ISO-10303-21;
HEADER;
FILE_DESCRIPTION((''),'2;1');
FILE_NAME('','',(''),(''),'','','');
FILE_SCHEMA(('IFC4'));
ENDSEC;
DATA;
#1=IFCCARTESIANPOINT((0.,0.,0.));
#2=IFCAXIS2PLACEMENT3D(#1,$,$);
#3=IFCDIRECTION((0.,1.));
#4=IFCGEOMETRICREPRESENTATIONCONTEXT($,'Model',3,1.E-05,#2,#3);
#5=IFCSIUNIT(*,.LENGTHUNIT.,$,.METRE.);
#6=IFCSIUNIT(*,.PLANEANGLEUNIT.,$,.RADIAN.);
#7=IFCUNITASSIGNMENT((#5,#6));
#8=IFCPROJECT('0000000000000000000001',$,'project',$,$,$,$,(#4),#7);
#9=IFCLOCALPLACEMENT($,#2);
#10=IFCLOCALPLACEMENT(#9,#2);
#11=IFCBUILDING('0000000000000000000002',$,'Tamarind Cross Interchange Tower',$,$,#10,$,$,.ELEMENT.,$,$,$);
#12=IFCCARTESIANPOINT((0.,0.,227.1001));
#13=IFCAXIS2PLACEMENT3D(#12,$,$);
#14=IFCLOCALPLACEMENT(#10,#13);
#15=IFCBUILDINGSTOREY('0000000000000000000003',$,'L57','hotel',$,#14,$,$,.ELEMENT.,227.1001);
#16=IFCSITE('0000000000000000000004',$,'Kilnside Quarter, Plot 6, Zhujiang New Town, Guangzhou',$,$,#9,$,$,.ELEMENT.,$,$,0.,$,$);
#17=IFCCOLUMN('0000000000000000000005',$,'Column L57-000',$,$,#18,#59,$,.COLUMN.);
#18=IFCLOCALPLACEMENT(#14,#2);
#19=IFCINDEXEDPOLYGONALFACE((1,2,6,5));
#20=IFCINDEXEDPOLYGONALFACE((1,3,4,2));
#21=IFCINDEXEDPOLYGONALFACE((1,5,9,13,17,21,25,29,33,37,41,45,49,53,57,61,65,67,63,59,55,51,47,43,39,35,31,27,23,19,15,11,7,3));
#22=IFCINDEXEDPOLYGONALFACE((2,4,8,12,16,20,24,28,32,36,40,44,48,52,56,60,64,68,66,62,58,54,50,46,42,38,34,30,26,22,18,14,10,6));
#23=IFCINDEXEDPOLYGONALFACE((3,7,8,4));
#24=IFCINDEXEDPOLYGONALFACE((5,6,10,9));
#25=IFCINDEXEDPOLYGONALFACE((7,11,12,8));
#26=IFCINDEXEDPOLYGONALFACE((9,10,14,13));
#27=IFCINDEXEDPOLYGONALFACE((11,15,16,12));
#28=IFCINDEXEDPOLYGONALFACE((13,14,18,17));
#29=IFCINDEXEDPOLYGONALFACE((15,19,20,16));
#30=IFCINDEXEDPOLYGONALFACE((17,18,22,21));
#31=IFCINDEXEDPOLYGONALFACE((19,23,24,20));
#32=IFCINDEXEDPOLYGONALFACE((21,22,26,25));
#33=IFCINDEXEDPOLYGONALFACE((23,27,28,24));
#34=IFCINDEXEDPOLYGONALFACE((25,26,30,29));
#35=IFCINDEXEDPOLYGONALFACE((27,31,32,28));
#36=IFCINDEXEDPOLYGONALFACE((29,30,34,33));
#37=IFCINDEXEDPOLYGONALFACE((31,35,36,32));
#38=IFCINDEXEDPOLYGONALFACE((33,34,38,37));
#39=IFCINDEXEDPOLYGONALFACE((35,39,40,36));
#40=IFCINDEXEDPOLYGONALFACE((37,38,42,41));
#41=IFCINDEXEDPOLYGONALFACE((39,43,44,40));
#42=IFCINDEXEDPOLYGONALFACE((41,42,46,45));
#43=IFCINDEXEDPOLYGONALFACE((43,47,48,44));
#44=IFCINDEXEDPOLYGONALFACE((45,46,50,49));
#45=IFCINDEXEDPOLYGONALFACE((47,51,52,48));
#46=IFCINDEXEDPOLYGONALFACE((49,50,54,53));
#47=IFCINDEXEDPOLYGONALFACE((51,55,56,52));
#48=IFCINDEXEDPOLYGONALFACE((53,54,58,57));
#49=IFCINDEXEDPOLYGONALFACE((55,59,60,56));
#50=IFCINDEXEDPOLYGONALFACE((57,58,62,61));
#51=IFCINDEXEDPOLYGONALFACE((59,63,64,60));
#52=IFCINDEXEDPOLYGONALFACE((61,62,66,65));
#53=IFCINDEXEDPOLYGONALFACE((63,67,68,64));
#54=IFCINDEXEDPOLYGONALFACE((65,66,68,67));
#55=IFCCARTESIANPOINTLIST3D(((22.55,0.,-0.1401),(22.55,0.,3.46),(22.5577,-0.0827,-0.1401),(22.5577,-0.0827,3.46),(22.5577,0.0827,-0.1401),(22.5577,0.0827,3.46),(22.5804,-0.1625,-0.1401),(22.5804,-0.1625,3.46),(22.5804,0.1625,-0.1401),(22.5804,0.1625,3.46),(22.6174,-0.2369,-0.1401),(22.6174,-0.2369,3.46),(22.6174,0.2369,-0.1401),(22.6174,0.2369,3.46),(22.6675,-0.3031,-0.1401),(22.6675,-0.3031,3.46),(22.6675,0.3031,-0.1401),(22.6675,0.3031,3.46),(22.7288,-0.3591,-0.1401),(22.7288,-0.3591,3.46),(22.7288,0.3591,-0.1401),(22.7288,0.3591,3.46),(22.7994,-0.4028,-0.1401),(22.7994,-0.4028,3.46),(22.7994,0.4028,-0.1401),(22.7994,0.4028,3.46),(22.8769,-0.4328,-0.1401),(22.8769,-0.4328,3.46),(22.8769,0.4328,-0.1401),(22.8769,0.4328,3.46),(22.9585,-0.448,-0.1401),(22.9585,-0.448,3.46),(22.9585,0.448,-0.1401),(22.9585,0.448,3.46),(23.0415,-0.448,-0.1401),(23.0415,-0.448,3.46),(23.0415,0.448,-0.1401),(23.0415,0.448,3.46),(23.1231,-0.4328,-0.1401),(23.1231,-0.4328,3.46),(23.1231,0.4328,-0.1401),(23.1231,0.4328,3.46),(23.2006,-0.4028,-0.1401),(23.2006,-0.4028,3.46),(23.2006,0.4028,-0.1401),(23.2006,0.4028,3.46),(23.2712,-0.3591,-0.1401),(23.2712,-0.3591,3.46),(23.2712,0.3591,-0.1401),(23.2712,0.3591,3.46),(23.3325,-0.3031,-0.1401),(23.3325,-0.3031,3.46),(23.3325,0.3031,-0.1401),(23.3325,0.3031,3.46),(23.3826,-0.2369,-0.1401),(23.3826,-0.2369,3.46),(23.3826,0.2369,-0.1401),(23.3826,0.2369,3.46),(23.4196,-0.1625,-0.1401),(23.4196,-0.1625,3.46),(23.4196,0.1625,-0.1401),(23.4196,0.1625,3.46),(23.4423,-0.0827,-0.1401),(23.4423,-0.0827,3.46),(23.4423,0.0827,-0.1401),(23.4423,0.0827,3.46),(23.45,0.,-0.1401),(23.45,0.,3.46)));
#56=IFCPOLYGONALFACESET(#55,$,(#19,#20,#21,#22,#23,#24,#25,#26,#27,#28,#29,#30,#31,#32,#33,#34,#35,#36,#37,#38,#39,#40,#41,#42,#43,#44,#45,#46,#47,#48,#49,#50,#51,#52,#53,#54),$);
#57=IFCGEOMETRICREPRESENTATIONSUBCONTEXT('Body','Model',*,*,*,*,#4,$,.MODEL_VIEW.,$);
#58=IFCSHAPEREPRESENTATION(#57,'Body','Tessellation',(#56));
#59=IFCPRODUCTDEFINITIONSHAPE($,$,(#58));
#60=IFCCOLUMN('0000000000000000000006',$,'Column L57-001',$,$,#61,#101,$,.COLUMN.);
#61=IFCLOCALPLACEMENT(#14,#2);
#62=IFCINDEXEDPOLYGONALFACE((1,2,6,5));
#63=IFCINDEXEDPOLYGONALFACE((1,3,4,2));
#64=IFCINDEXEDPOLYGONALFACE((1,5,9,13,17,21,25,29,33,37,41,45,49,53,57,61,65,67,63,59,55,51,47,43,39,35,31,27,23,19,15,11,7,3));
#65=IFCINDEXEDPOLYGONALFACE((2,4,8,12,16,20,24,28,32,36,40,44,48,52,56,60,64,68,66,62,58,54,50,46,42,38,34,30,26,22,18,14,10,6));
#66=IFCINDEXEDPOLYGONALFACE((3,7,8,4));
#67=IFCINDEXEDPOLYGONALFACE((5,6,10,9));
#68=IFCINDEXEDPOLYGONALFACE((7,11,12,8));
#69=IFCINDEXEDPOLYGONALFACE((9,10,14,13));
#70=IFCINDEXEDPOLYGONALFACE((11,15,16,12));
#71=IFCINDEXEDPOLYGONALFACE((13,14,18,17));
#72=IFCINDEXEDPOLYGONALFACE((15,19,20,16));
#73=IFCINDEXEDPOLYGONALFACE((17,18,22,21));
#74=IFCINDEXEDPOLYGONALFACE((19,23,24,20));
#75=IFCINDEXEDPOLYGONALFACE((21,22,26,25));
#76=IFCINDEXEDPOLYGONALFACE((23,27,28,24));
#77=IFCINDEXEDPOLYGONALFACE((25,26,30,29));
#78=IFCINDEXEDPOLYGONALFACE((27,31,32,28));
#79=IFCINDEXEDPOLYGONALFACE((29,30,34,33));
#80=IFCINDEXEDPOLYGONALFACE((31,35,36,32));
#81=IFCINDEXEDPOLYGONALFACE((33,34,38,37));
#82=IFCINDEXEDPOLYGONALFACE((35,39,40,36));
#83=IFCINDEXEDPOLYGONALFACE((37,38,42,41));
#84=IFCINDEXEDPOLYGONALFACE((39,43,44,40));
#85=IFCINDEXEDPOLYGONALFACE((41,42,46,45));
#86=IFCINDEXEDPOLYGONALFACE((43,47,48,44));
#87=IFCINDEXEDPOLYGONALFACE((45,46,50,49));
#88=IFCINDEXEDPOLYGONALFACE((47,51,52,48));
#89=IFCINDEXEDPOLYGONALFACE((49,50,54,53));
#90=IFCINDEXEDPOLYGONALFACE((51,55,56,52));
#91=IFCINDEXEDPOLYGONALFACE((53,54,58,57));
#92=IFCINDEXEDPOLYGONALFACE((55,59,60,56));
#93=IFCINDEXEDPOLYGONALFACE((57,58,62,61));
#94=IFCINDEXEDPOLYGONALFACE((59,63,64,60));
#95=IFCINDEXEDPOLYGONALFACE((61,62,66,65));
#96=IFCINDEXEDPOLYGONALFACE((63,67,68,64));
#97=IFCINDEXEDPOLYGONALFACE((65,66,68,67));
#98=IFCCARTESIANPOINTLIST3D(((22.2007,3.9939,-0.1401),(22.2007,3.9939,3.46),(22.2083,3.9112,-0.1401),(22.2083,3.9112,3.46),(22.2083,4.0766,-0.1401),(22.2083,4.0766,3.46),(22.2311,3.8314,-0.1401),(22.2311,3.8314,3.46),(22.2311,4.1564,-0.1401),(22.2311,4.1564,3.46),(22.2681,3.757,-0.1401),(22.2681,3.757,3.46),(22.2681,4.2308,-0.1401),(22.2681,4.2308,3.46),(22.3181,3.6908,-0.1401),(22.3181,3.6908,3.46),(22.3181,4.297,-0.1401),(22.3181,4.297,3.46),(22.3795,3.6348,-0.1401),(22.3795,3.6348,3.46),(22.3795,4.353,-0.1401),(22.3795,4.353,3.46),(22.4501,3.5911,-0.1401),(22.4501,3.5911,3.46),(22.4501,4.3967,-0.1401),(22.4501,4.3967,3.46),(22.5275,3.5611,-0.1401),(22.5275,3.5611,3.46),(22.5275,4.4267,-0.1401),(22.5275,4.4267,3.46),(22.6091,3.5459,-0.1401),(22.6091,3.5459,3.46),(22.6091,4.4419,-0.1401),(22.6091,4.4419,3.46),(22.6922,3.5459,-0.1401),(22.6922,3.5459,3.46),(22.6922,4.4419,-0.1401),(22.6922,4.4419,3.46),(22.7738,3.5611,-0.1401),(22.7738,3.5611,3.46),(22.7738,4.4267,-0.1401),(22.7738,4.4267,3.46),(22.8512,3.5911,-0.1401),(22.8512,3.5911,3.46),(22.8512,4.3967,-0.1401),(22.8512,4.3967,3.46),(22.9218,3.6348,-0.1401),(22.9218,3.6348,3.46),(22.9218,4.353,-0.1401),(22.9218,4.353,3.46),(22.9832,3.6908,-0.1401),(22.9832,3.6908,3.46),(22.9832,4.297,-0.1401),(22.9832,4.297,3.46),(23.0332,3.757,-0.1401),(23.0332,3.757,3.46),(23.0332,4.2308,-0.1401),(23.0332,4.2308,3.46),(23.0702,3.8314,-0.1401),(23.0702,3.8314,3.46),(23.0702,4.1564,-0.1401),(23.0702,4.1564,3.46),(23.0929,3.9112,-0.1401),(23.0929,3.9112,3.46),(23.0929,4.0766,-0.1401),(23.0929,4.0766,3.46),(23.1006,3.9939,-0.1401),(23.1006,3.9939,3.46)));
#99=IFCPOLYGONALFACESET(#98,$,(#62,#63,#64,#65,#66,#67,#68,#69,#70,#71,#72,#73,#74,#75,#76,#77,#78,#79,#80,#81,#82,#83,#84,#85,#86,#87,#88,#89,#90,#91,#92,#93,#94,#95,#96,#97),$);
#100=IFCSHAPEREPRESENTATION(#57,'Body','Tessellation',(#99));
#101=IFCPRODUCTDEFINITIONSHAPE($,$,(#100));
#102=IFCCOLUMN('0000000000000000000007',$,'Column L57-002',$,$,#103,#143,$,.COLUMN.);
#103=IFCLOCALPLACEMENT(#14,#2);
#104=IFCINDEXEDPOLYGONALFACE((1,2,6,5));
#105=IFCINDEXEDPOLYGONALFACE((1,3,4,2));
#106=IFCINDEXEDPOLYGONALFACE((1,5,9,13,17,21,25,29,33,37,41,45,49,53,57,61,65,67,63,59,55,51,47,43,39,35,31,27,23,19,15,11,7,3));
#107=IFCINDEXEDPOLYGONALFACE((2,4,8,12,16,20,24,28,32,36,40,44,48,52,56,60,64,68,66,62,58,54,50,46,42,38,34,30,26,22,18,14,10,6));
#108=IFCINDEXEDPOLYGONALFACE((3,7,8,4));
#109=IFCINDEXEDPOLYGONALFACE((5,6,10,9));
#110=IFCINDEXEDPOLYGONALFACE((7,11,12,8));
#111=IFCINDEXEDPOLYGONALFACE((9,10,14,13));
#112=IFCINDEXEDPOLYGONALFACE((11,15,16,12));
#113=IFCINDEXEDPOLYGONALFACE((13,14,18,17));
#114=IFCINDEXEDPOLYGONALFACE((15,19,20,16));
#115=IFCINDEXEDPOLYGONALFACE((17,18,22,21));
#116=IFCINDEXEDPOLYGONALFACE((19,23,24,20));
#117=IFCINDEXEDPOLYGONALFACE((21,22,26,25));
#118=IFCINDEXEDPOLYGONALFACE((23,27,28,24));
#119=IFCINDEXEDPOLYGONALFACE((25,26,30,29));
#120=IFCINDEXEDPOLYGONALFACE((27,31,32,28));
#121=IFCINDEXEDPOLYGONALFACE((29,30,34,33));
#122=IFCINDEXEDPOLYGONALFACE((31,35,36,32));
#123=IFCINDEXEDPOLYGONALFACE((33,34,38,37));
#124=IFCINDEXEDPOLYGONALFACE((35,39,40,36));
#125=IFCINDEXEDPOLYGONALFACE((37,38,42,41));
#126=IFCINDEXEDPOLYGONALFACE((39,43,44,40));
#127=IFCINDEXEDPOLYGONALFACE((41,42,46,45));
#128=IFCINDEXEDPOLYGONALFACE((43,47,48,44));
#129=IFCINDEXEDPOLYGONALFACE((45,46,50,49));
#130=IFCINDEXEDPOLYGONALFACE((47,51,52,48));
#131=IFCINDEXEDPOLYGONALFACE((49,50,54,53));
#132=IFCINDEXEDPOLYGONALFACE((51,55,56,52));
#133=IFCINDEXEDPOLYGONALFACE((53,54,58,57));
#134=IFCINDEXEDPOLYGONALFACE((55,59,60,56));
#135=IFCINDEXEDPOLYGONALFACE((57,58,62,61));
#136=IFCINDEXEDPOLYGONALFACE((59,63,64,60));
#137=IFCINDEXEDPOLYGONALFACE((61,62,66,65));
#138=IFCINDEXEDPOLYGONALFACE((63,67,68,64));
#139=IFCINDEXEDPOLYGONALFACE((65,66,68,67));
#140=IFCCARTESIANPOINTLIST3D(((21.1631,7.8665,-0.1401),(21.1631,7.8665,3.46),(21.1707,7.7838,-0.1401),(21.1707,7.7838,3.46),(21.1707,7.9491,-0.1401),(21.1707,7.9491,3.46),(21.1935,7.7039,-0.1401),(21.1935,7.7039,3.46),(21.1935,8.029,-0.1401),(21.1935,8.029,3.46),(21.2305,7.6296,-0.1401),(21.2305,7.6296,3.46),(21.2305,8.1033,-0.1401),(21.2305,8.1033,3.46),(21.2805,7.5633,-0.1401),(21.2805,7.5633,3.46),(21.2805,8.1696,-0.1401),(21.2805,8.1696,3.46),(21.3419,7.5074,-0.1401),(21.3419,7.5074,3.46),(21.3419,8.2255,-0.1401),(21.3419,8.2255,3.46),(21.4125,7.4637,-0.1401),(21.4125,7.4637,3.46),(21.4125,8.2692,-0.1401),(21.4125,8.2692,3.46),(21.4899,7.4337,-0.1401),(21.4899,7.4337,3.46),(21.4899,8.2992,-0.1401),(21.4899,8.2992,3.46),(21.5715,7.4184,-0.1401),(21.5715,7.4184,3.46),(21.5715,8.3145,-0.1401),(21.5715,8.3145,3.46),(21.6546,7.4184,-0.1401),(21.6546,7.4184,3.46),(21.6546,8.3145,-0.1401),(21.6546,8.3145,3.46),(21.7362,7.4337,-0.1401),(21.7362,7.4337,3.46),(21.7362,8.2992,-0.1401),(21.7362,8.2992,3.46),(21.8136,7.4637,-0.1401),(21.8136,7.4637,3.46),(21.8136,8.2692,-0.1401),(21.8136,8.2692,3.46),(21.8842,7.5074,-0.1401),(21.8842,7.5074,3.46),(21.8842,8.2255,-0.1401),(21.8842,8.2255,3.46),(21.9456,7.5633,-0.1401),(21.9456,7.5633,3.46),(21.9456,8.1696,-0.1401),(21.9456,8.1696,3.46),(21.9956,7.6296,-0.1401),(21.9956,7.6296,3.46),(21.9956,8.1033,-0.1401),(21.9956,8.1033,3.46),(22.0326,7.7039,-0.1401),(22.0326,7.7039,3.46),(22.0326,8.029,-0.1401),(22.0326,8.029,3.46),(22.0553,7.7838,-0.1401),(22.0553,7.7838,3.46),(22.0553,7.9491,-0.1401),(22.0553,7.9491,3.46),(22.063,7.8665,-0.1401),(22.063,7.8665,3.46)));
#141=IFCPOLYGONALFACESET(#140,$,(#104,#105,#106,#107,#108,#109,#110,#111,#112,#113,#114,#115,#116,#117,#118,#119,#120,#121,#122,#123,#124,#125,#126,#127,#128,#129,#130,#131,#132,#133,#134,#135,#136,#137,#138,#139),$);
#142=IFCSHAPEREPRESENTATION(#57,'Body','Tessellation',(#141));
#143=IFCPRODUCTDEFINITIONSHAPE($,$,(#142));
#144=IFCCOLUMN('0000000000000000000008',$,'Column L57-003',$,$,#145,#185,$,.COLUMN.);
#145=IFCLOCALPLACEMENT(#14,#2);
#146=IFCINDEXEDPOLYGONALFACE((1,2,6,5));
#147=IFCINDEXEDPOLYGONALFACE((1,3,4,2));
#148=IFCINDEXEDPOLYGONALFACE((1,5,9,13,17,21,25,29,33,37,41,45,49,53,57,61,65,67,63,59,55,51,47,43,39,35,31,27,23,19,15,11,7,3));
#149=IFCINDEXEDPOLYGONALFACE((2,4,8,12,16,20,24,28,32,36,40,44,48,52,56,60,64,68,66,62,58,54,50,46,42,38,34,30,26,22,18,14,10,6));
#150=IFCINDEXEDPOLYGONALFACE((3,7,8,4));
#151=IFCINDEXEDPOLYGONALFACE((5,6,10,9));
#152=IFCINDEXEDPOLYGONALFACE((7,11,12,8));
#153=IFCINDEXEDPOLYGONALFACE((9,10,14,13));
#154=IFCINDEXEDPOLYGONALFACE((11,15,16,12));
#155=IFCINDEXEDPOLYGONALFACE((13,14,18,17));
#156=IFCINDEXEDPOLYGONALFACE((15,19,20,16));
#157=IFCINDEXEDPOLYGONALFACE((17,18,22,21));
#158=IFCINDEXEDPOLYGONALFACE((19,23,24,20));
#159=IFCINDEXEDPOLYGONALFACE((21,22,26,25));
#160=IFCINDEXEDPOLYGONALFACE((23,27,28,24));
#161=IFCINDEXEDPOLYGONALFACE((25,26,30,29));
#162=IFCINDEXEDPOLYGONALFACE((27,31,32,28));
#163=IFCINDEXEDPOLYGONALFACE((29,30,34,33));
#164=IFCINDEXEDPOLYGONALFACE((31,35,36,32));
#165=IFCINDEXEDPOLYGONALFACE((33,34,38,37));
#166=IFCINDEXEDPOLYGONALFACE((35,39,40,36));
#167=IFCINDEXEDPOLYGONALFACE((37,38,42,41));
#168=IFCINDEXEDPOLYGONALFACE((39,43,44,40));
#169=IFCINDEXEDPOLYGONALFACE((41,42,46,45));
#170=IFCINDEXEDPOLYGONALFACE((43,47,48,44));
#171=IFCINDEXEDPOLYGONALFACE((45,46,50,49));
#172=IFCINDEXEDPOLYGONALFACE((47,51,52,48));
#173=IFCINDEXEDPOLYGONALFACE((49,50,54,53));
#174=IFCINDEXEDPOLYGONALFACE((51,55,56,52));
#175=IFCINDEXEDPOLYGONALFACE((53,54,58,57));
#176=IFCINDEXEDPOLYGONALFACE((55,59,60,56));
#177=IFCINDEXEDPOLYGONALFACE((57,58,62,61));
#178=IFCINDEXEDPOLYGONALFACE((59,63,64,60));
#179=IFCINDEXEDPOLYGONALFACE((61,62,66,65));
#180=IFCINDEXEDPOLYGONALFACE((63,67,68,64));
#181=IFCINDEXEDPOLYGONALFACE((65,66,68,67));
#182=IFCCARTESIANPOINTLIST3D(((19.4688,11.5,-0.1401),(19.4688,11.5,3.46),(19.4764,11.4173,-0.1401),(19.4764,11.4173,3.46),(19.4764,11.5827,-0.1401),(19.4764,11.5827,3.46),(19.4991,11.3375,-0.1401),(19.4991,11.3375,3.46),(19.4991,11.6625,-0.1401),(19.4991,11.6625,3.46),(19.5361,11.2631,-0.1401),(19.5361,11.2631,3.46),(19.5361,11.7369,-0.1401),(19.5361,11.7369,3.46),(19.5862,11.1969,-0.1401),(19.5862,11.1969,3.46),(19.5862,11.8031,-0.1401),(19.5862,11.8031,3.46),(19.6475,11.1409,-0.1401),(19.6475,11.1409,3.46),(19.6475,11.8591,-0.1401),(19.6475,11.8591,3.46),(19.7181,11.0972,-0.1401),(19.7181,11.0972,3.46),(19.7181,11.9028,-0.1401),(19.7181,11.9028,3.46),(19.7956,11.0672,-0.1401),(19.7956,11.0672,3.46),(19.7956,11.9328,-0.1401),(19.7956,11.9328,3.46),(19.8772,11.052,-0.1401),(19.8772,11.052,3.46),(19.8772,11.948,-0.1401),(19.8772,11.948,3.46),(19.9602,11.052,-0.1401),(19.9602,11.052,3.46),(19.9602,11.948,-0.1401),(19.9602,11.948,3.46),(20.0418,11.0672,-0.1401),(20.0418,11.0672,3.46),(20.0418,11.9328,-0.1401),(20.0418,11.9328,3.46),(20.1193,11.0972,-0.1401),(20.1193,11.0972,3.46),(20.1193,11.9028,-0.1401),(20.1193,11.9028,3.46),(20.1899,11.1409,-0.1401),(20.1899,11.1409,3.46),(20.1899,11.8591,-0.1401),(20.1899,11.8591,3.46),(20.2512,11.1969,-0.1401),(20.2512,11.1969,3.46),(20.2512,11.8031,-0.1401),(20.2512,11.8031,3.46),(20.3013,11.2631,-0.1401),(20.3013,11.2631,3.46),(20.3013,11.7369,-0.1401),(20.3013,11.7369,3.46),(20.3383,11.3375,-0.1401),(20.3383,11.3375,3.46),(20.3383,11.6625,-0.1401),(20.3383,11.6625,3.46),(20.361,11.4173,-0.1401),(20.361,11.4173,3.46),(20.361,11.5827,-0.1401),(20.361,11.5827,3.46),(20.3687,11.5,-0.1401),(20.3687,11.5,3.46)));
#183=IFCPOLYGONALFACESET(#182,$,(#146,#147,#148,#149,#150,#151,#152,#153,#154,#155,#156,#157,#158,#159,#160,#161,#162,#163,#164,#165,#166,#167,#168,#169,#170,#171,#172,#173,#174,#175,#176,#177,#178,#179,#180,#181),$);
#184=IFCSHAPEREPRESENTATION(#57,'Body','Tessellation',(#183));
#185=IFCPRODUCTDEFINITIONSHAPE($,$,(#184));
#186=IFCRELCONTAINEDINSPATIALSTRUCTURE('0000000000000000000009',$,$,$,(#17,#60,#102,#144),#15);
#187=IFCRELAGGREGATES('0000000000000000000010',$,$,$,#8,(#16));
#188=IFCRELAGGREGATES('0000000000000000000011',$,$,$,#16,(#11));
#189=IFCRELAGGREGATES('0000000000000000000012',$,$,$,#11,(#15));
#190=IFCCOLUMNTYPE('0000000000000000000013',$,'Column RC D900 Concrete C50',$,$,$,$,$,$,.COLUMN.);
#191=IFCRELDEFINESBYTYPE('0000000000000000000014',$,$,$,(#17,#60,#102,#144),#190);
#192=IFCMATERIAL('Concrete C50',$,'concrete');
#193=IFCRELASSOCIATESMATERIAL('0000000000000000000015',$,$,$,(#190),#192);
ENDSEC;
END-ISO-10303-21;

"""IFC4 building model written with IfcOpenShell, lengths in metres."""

from ifc_helpers import new_model, si_unit, direction, frame, origin, origin_2d, place, context, subcontext, project, spatial, circle, extrude, material, material_profile, profile_set, type_object, element, save


model = new_model("IFC4")

# Units and contexts
model_context = context("Model", 3, precision=1e-05, world=origin(), true_north=direction((0.0, 1.0)))
body_context = subcontext(model_context, "Body", "Model", "MODEL_VIEW")
ifc_project = project(units=[si_unit("LENGTHUNIT", "METRE"), si_unit("PLANEANGLEUNIT", "RADIAN")], contexts=[model_context])

# Site, building, storey
site_placement = place(None, origin())
site = spatial("IfcSite", under=ifc_project, at=site_placement, Name="Kilnside Quarter, Plot 6, Zhujiang New Town, Guangzhou", CompositionType="ELEMENT", RefElevation=0.0)
building_placement = place(site_placement, origin())
building = spatial("IfcBuilding", under=site, at=building_placement, Name="Tamarind Cross Interchange Tower", CompositionType="ELEMENT")
storey_placement = place(building_placement, frame((0.0, 0.0, 227.1001)))
storey = spatial("IfcBuildingStorey", under=building, at=storey_placement, Name="L57", Description="hotel", CompositionType="ELEMENT", Elevation=227.1001)

# Columns
ifc_material_1 = material(Name="Concrete C50", Category="concrete")
ifc_material_profile_1 = material_profile(ifc_material_1, circle(Radius=0.45, at=origin_2d()), Name="RC D900")
ifc_profile_set_1 = profile_set([ifc_material_profile_1], Name="Concrete C50")
column_type = type_object("IfcColumnType", Name="Column RC D900 Concrete C50", PredefinedType="COLUMN", material=ifc_profile_set_1)
for number, where, z_axis, x_axis, name in (
    (1, (23.0, 0.0, -0.1401), (0.0, 0.0, 1.0), (1.0, 0.0, 0.0), "Column L57-000"),
    (2, (22.6506, 3.9939, -0.1401), (0.0, 0.0, 1.0), (1.0, 0.0, 0.0), "Column L57-001"),
    (3, (21.613, 7.8665, -0.1401), (0.0, 0.0, 1.0), (1.0, 0.0, 0.0), "Column L57-002"),
    (4, (19.9187, 11.5, -0.1401), (0.0, 0.0, 1.0), (1.0, 0.0, 0.0), "Column L57-003"),
):
    element("IfcColumn", number, at=place(storey_placement, frame(where, z_axis=z_axis, x_axis=x_axis)), inside=storey, type_object=column_type, Name=name, PredefinedType="COLUMN", context=body_context, shape_type="SweptSolid", body=[
        extrude(circle(Radius=0.45, at=origin_2d()), origin(), (0.0, 0.0, 1.0), 3.6001),
    ])

save(model, "model.ifc")
